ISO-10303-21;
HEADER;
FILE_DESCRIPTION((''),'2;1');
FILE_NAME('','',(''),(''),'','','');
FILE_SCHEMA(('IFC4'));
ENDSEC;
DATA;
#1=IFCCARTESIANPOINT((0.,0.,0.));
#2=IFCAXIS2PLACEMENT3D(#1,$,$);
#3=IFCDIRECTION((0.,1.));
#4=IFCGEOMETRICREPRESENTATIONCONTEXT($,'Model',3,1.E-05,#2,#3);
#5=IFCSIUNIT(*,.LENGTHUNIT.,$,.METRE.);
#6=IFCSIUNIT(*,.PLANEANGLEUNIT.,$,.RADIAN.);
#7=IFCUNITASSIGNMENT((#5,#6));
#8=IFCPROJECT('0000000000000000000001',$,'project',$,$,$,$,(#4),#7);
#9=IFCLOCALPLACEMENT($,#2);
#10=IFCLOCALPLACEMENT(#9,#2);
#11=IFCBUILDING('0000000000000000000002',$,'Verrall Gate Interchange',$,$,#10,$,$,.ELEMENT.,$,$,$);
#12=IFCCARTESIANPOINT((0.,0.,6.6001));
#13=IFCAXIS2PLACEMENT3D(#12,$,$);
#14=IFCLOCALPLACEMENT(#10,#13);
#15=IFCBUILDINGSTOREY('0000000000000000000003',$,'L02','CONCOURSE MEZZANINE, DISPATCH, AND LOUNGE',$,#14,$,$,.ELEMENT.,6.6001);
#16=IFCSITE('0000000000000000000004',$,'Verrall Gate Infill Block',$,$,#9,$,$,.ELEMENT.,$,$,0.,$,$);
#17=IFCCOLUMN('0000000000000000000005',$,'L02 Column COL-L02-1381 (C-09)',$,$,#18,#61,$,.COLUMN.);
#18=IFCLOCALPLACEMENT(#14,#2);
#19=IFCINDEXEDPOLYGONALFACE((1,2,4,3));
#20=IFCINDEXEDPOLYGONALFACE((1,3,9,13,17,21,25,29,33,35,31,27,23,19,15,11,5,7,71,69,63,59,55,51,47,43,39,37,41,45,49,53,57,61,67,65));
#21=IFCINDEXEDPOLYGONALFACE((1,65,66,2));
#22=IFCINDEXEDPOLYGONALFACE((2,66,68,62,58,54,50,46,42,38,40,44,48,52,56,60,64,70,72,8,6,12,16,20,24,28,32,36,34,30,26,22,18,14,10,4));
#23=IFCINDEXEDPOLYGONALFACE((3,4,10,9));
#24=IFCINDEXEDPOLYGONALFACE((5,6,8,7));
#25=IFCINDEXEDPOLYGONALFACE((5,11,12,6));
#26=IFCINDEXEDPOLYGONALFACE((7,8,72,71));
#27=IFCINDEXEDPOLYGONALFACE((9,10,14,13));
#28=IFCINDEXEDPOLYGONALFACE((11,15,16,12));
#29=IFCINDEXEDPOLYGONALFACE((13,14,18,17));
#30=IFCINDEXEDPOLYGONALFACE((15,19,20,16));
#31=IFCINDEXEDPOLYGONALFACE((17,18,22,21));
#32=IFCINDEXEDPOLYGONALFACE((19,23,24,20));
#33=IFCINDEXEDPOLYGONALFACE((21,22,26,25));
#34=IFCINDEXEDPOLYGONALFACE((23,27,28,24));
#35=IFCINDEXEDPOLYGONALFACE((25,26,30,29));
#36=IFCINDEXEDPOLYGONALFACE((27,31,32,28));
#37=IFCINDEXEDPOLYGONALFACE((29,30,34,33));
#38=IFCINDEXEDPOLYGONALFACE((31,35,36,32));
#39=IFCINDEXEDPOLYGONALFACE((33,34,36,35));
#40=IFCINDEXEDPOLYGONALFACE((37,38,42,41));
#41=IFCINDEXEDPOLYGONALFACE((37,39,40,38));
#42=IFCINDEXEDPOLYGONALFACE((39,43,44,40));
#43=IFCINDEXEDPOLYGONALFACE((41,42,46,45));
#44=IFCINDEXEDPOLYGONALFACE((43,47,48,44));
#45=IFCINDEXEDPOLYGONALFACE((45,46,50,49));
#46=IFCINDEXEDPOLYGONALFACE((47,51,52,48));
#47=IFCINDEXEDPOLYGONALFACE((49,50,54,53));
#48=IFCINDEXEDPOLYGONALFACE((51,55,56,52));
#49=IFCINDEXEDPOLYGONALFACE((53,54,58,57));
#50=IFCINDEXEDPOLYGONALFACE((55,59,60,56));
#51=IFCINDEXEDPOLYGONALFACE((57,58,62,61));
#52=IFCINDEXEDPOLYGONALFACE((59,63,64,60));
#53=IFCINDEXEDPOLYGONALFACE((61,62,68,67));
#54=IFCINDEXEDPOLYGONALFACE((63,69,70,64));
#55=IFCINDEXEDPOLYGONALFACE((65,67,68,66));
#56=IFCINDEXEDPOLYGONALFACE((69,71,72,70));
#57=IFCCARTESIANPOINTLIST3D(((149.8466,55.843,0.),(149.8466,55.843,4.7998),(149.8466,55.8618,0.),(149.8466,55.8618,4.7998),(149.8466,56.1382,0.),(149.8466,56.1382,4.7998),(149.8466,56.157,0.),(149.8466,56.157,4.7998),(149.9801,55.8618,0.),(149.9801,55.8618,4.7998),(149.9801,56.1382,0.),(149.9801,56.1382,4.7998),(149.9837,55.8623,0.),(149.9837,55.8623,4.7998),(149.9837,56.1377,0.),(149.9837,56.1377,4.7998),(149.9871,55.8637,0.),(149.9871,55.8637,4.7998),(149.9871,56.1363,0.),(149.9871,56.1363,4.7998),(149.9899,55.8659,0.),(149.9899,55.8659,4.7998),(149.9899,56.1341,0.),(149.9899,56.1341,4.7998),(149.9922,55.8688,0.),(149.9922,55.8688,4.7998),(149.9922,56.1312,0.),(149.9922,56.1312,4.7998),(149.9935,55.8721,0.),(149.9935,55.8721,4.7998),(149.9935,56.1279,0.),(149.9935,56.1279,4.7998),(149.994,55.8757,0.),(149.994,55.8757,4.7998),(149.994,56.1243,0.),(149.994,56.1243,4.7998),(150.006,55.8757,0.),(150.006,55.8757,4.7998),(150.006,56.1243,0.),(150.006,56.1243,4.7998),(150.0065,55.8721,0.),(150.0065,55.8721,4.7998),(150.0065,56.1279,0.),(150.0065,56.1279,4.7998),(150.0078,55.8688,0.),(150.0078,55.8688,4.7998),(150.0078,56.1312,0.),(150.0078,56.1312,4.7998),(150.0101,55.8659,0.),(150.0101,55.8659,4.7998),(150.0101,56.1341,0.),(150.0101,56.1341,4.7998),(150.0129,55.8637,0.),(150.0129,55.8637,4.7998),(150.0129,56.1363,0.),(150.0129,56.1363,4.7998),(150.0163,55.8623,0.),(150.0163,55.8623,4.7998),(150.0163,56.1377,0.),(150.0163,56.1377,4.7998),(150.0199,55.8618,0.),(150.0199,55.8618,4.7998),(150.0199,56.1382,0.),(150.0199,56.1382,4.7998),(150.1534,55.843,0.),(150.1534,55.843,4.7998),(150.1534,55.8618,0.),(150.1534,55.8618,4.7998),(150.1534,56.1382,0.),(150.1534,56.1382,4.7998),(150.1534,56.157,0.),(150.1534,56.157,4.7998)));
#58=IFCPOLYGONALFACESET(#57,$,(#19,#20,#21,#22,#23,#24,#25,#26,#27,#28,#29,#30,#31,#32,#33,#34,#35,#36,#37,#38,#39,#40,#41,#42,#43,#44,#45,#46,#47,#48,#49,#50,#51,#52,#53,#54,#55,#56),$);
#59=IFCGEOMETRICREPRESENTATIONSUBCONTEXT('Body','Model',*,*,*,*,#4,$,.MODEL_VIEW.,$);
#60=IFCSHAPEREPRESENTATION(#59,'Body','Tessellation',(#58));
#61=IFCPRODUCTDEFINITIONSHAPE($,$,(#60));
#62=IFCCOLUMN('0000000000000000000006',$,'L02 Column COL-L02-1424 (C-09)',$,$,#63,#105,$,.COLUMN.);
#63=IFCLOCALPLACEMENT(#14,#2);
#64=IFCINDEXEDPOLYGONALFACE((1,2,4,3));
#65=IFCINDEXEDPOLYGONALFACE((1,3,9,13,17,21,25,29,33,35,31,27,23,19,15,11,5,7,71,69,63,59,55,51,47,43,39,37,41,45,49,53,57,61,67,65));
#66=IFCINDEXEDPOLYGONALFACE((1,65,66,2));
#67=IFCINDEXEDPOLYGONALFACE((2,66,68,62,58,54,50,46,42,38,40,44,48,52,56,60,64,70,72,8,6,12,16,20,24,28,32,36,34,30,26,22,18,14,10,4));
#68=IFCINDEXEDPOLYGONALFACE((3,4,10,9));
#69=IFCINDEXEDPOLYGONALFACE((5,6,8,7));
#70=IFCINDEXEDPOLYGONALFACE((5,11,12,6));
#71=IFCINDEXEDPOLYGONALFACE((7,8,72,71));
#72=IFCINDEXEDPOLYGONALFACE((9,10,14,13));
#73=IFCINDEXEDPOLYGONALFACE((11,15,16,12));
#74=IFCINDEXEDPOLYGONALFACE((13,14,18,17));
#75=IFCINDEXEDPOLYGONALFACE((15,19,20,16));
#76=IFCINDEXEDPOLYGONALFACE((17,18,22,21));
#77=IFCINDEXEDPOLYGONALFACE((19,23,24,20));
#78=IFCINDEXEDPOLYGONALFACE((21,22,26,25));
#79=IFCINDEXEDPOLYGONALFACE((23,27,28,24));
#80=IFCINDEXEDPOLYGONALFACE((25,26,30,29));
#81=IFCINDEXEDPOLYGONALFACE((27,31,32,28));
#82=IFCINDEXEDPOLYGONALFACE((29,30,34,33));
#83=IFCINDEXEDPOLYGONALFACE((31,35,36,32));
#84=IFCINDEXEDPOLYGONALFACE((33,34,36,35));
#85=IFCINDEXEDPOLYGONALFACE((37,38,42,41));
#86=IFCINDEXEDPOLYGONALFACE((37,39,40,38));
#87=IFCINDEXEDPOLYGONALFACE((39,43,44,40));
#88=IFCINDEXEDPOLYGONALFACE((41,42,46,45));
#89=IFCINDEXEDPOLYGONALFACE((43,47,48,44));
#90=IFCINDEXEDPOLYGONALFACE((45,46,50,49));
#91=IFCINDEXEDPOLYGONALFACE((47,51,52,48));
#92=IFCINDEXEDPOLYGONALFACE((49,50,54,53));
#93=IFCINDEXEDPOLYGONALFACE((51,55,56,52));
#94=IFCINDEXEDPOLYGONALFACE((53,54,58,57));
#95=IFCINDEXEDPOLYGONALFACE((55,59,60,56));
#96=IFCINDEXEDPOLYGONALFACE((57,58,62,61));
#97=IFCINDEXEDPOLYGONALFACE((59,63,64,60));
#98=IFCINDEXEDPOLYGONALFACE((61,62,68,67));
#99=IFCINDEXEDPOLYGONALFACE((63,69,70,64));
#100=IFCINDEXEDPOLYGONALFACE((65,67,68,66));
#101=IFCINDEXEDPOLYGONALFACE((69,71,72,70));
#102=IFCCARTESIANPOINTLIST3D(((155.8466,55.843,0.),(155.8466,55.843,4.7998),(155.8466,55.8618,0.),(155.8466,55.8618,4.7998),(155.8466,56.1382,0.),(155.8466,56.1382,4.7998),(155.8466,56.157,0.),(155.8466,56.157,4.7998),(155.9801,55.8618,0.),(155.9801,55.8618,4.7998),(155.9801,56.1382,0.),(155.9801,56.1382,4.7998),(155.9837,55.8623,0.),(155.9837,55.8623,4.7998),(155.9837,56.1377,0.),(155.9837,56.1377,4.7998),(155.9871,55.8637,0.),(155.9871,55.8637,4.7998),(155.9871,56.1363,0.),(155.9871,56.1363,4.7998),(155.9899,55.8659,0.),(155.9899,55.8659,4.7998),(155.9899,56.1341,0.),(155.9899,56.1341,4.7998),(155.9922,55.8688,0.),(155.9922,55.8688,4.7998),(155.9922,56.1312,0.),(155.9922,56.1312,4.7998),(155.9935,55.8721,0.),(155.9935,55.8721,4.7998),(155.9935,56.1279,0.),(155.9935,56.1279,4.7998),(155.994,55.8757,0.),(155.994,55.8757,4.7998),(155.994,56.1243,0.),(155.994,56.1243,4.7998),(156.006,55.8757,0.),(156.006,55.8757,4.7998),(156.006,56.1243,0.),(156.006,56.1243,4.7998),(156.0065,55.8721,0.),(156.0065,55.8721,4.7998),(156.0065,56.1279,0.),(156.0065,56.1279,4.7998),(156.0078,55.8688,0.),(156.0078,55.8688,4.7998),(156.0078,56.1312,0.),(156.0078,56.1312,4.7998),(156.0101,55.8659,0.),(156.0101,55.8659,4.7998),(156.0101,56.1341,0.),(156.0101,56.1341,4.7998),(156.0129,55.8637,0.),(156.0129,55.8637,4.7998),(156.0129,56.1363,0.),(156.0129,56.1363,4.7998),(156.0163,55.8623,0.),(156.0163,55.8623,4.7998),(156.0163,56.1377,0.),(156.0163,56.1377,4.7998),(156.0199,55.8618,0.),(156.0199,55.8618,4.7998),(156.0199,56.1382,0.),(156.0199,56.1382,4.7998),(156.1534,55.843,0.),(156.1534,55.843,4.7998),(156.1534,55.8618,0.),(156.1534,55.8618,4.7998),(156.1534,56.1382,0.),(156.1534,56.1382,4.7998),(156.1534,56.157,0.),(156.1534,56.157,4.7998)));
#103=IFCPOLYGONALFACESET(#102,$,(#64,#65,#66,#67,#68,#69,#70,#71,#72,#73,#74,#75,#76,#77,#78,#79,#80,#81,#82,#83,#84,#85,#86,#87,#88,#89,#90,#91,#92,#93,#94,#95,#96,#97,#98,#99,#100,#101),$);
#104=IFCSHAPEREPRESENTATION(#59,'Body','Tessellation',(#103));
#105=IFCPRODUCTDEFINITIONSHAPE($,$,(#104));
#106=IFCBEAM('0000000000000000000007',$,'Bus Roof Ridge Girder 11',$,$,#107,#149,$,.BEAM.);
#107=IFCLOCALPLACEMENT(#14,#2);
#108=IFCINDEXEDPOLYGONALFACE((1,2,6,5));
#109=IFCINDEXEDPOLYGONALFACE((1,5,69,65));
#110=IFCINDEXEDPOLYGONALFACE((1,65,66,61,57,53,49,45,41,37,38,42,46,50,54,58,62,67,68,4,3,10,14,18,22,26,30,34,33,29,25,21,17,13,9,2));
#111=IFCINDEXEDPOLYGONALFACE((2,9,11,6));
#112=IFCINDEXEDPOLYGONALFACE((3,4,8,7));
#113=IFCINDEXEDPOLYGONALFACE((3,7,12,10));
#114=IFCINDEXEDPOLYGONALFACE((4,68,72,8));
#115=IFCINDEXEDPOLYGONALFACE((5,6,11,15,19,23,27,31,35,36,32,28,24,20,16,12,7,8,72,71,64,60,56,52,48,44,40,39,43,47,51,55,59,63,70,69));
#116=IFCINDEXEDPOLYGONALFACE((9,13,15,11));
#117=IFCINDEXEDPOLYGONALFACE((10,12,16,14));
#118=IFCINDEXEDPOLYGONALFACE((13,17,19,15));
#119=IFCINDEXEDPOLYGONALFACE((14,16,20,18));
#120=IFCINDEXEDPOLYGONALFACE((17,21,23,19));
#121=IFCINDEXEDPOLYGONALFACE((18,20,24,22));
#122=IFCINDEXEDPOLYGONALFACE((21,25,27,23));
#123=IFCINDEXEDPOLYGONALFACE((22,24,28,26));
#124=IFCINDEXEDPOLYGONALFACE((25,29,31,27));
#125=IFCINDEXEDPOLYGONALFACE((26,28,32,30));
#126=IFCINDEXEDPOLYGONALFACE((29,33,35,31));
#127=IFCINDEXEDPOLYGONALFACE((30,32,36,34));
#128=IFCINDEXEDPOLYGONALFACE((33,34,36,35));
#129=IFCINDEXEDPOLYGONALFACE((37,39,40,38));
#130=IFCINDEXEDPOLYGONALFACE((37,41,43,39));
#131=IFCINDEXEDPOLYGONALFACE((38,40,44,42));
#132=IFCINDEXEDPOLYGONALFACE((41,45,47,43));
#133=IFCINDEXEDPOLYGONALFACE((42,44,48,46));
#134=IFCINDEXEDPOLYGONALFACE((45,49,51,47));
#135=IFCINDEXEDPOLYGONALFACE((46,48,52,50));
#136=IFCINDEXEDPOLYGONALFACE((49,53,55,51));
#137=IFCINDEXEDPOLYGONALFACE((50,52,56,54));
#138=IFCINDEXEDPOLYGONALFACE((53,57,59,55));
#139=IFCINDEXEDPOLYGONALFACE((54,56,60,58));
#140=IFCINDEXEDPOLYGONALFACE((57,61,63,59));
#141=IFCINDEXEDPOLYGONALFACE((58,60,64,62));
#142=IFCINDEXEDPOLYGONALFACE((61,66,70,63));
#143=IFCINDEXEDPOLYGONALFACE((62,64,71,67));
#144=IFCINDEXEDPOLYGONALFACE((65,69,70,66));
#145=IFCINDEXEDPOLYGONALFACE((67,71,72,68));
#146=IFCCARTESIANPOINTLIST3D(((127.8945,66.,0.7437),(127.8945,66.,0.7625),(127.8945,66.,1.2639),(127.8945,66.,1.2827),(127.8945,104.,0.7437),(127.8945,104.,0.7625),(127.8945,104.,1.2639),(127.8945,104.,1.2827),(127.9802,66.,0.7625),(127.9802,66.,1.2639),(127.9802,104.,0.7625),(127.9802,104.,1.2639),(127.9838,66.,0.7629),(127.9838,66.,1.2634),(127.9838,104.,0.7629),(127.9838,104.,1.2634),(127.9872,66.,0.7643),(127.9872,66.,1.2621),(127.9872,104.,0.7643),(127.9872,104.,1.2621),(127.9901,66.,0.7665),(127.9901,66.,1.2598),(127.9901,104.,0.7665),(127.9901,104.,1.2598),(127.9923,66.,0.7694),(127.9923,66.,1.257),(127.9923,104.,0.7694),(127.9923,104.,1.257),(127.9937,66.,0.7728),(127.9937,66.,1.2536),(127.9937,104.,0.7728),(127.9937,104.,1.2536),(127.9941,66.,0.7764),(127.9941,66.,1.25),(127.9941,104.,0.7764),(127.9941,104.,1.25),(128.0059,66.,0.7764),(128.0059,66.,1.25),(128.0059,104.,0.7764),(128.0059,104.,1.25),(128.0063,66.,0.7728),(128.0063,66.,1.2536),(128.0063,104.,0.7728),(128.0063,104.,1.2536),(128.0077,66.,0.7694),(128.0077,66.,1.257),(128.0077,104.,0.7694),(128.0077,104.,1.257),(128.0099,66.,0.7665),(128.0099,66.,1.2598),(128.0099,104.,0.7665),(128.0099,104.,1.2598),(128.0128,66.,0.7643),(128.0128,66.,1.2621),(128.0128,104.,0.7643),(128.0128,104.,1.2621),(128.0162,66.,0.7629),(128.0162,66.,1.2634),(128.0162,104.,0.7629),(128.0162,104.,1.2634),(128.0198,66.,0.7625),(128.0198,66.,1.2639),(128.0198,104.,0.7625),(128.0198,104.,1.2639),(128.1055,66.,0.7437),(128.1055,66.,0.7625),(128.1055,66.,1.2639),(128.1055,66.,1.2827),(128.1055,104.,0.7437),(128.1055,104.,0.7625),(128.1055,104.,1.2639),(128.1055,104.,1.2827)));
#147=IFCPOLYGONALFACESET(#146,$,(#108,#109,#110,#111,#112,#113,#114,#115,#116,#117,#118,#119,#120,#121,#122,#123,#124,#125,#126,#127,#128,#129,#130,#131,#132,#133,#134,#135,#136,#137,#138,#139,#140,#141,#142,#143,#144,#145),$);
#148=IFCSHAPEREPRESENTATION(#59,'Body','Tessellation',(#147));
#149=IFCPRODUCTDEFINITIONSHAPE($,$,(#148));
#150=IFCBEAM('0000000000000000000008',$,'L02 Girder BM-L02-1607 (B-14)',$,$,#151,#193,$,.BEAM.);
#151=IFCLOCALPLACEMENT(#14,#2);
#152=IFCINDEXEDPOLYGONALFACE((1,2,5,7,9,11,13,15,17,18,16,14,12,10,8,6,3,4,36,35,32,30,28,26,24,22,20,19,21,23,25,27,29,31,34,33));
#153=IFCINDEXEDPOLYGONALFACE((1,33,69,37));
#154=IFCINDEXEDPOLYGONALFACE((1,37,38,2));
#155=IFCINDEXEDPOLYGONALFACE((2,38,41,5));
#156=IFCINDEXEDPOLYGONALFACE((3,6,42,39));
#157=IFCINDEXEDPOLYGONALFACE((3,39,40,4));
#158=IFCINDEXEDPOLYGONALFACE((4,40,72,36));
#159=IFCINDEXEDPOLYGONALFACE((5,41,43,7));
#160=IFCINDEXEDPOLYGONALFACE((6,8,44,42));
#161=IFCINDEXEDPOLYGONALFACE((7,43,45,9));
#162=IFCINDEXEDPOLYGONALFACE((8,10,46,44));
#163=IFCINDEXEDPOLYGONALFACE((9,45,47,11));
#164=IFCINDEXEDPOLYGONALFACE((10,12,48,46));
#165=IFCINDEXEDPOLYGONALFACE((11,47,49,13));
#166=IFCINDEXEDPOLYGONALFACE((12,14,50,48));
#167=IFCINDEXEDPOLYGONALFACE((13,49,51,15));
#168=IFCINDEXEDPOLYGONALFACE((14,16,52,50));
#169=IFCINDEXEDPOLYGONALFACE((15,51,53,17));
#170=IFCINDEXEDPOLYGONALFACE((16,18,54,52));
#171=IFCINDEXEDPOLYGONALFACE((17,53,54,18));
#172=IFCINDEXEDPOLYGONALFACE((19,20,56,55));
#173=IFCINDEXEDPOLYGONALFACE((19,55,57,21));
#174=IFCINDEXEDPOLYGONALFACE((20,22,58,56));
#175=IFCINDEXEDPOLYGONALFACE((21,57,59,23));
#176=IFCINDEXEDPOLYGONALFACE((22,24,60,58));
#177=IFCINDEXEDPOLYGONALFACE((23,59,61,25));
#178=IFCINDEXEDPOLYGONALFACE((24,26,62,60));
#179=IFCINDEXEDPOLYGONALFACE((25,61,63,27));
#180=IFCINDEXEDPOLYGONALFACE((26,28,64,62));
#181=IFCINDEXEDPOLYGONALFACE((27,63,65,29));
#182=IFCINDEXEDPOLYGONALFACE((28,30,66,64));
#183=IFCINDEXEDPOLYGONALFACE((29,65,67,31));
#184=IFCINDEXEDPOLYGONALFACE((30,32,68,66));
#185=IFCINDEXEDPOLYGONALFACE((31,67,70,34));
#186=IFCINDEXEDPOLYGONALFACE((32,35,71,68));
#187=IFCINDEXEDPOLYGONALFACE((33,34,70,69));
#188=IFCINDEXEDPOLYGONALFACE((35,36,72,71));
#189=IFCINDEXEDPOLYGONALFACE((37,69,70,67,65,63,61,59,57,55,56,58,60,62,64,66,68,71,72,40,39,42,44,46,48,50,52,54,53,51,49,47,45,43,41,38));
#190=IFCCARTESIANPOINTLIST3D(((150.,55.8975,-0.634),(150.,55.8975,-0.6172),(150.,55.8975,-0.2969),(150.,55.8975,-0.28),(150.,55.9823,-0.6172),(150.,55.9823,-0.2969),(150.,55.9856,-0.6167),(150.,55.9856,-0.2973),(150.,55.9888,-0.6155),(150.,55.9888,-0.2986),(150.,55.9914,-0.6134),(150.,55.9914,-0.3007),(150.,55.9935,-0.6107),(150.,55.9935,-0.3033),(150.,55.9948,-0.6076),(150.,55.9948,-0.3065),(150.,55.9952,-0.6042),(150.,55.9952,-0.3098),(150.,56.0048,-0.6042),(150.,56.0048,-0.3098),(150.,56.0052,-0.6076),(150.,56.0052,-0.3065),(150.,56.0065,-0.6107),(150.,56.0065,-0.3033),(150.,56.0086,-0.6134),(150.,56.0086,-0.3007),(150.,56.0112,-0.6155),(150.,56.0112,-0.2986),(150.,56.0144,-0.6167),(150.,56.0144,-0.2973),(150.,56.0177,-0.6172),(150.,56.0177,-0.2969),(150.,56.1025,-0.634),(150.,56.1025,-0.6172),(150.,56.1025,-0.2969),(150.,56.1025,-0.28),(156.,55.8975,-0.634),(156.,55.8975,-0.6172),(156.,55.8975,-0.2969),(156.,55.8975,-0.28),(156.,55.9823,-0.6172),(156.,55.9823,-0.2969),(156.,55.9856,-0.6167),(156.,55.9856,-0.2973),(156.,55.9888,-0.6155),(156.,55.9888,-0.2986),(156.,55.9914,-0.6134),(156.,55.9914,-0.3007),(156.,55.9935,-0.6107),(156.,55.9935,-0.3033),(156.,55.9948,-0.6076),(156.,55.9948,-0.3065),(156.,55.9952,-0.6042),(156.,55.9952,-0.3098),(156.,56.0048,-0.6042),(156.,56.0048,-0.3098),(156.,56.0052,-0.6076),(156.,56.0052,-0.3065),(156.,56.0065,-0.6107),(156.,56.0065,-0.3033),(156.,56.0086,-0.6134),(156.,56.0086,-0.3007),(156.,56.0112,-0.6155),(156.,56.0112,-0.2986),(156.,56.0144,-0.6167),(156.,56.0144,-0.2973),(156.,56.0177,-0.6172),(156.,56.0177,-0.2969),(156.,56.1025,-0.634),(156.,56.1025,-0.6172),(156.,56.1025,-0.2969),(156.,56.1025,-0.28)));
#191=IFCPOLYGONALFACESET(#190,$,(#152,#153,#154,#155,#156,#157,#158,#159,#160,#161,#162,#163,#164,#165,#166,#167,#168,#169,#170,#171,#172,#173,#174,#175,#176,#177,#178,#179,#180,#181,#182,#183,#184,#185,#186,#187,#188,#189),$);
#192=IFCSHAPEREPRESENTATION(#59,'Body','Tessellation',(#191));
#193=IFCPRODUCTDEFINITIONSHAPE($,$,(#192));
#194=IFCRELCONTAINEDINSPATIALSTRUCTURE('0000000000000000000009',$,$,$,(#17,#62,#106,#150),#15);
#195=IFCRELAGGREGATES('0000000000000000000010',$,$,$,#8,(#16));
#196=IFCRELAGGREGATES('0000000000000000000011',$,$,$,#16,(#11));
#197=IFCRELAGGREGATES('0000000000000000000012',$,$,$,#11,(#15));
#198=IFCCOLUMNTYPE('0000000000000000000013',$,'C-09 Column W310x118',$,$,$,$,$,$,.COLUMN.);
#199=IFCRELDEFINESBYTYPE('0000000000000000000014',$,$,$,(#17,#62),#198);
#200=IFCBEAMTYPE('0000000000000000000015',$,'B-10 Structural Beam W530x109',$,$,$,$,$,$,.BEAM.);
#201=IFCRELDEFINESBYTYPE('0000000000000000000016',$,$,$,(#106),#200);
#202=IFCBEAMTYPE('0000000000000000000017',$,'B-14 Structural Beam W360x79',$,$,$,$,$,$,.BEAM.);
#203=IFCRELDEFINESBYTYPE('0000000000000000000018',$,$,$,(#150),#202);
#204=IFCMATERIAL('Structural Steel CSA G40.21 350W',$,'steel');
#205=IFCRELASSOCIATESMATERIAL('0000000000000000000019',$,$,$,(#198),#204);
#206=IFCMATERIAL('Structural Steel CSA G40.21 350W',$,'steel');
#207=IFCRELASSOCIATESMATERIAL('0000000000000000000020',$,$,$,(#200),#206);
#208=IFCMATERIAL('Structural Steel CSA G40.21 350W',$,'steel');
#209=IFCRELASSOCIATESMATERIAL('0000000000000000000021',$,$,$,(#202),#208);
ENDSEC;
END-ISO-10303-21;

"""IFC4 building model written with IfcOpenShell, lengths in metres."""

from ifc_helpers import new_model, si_unit, direction, frame, origin, origin_2d, place, context, subcontext, project, spatial, i_section, extrude, material, material_profile, profile_set, type_object, element, save


model = new_model("IFC4")

# Units and contexts
model_context = context("Model", 3, precision=1e-05, world=origin(), true_north=direction((0.0, 1.0)))
body_context = subcontext(model_context, "Body", "Model", "MODEL_VIEW")
ifc_project = project(units=[si_unit("LENGTHUNIT", "METRE"), si_unit("PLANEANGLEUNIT", "RADIAN")], contexts=[model_context])

# Site, building, storey
site_placement = place(None, origin())
site = spatial("IfcSite", under=ifc_project, at=site_placement, Name="Verrall Gate Infill Block", CompositionType="ELEMENT", RefElevation=0.0)
building_placement = place(site_placement, origin())
building = spatial("IfcBuilding", under=site, at=building_placement, Name="Verrall Gate Interchange", CompositionType="ELEMENT")
storey_placement = place(building_placement, frame((0.0, 0.0, 6.6001)))
storey = spatial("IfcBuildingStorey", under=building, at=storey_placement, Name="L02", Description="CONCOURSE MEZZANINE, DISPATCH, AND LOUNGE", CompositionType="ELEMENT", Elevation=6.6001)

# Columns
ifc_material_1 = material(Name="Structural Steel CSA G40.21 350W", Category="steel")
ifc_material_profile_1 = material_profile(ifc_material_1, i_section(OverallWidth=0.3069, OverallDepth=0.314, WebThickness=0.012, FlangeThickness=0.0188, FilletRadius=0.0139, at=origin_2d()), Name="W310x118")
ifc_profile_set_1 = profile_set([ifc_material_profile_1], Name="Structural Steel CSA G40.21 350W")
column_type = type_object("IfcColumnType", Name="C-09 Column W310x118", PredefinedType="COLUMN", material=ifc_profile_set_1)
for number, where, z_axis, x_axis, name in (
    (1, (150.0, 56.0, 0.0), (0.0, 0.0, 1.0), (1.0, 0.0, 0.0), "L02 Column COL-L02-1381 (C-09)"),
    (2, (156.0, 56.0, 0.0), (0.0, 0.0, 1.0), (1.0, 0.0, 0.0), "L02 Column COL-L02-1424 (C-09)"),
):
    element("IfcColumn", number, at=place(storey_placement, frame(where, z_axis=z_axis, x_axis=x_axis)), inside=storey, type_object=column_type, Name=name, PredefinedType="COLUMN", context=body_context, shape_type="SweptSolid", body=[
        extrude(i_section(OverallWidth=0.3069, OverallDepth=0.314, WebThickness=0.012, FlangeThickness=0.0188, FilletRadius=0.0139, at=origin_2d()), origin(), (0.0, 0.0, 1.0), 4.7998),
    ])

# Beams
ifc_material_2 = material(Name="Structural Steel CSA G40.21 350W", Category="steel")
ifc_material_profile_2 = material_profile(ifc_material_2, i_section(OverallWidth=0.2109, OverallDepth=0.5391, WebThickness=0.0117, FlangeThickness=0.0188, FilletRadius=0.0139, at=origin_2d()), Name="W530x109")
ifc_profile_set_2 = profile_set([ifc_material_profile_2], Name="Structural Steel CSA G40.21 350W")
beam_type_1 = type_object("IfcBeamType", Name="B-10 Structural Beam W530x109", PredefinedType="BEAM", material=ifc_profile_set_2)
beam_1_placement = place(storey_placement, frame((128.0, 66.0, 1.0132), z_axis=(0.0, 1.0, 0.0), x_axis=(-1.0, 0.0, 0.0)))
element("IfcBeam", 3, at=beam_1_placement, inside=storey, type_object=beam_type_1, Name="Bus Roof Ridge Girder 11", PredefinedType="BEAM", context=body_context, shape_type="SweptSolid", body=[
    extrude(i_section(OverallWidth=0.2109, OverallDepth=0.5391, WebThickness=0.0117, FlangeThickness=0.0188, FilletRadius=0.0139, at=origin_2d()), origin(), (0.0, 0.0, 1.0), 38.0),
])
ifc_material_3 = material(Name="Structural Steel CSA G40.21 350W", Category="steel")
ifc_material_profile_3 = material_profile(ifc_material_3, i_section(OverallWidth=0.2051, OverallDepth=0.354, WebThickness=0.0095, FlangeThickness=0.0168, FilletRadius=0.0129, at=origin_2d()), Name="W360x79")
ifc_profile_set_3 = profile_set([ifc_material_profile_3], Name="Structural Steel CSA G40.21 350W")
beam_type_2 = type_object("IfcBeamType", Name="B-14 Structural Beam W360x79", PredefinedType="BEAM", material=ifc_profile_set_3)
beam_2_placement = place(storey_placement, frame((150.0, 56.0, -0.457), z_axis=(1.0, 0.0, 0.0), x_axis=(0.0, 1.0, 0.0)))
element("IfcBeam", 4, at=beam_2_placement, inside=storey, type_object=beam_type_2, Name="L02 Girder BM-L02-1607 (B-14)", PredefinedType="BEAM", context=body_context, shape_type="SweptSolid", body=[
    extrude(i_section(OverallWidth=0.2051, OverallDepth=0.354, WebThickness=0.0095, FlangeThickness=0.0168, FilletRadius=0.0129, at=origin_2d()), origin(), (0.0, 0.0, 1.0), 6.0),
])

save(model, "model.ifc")
